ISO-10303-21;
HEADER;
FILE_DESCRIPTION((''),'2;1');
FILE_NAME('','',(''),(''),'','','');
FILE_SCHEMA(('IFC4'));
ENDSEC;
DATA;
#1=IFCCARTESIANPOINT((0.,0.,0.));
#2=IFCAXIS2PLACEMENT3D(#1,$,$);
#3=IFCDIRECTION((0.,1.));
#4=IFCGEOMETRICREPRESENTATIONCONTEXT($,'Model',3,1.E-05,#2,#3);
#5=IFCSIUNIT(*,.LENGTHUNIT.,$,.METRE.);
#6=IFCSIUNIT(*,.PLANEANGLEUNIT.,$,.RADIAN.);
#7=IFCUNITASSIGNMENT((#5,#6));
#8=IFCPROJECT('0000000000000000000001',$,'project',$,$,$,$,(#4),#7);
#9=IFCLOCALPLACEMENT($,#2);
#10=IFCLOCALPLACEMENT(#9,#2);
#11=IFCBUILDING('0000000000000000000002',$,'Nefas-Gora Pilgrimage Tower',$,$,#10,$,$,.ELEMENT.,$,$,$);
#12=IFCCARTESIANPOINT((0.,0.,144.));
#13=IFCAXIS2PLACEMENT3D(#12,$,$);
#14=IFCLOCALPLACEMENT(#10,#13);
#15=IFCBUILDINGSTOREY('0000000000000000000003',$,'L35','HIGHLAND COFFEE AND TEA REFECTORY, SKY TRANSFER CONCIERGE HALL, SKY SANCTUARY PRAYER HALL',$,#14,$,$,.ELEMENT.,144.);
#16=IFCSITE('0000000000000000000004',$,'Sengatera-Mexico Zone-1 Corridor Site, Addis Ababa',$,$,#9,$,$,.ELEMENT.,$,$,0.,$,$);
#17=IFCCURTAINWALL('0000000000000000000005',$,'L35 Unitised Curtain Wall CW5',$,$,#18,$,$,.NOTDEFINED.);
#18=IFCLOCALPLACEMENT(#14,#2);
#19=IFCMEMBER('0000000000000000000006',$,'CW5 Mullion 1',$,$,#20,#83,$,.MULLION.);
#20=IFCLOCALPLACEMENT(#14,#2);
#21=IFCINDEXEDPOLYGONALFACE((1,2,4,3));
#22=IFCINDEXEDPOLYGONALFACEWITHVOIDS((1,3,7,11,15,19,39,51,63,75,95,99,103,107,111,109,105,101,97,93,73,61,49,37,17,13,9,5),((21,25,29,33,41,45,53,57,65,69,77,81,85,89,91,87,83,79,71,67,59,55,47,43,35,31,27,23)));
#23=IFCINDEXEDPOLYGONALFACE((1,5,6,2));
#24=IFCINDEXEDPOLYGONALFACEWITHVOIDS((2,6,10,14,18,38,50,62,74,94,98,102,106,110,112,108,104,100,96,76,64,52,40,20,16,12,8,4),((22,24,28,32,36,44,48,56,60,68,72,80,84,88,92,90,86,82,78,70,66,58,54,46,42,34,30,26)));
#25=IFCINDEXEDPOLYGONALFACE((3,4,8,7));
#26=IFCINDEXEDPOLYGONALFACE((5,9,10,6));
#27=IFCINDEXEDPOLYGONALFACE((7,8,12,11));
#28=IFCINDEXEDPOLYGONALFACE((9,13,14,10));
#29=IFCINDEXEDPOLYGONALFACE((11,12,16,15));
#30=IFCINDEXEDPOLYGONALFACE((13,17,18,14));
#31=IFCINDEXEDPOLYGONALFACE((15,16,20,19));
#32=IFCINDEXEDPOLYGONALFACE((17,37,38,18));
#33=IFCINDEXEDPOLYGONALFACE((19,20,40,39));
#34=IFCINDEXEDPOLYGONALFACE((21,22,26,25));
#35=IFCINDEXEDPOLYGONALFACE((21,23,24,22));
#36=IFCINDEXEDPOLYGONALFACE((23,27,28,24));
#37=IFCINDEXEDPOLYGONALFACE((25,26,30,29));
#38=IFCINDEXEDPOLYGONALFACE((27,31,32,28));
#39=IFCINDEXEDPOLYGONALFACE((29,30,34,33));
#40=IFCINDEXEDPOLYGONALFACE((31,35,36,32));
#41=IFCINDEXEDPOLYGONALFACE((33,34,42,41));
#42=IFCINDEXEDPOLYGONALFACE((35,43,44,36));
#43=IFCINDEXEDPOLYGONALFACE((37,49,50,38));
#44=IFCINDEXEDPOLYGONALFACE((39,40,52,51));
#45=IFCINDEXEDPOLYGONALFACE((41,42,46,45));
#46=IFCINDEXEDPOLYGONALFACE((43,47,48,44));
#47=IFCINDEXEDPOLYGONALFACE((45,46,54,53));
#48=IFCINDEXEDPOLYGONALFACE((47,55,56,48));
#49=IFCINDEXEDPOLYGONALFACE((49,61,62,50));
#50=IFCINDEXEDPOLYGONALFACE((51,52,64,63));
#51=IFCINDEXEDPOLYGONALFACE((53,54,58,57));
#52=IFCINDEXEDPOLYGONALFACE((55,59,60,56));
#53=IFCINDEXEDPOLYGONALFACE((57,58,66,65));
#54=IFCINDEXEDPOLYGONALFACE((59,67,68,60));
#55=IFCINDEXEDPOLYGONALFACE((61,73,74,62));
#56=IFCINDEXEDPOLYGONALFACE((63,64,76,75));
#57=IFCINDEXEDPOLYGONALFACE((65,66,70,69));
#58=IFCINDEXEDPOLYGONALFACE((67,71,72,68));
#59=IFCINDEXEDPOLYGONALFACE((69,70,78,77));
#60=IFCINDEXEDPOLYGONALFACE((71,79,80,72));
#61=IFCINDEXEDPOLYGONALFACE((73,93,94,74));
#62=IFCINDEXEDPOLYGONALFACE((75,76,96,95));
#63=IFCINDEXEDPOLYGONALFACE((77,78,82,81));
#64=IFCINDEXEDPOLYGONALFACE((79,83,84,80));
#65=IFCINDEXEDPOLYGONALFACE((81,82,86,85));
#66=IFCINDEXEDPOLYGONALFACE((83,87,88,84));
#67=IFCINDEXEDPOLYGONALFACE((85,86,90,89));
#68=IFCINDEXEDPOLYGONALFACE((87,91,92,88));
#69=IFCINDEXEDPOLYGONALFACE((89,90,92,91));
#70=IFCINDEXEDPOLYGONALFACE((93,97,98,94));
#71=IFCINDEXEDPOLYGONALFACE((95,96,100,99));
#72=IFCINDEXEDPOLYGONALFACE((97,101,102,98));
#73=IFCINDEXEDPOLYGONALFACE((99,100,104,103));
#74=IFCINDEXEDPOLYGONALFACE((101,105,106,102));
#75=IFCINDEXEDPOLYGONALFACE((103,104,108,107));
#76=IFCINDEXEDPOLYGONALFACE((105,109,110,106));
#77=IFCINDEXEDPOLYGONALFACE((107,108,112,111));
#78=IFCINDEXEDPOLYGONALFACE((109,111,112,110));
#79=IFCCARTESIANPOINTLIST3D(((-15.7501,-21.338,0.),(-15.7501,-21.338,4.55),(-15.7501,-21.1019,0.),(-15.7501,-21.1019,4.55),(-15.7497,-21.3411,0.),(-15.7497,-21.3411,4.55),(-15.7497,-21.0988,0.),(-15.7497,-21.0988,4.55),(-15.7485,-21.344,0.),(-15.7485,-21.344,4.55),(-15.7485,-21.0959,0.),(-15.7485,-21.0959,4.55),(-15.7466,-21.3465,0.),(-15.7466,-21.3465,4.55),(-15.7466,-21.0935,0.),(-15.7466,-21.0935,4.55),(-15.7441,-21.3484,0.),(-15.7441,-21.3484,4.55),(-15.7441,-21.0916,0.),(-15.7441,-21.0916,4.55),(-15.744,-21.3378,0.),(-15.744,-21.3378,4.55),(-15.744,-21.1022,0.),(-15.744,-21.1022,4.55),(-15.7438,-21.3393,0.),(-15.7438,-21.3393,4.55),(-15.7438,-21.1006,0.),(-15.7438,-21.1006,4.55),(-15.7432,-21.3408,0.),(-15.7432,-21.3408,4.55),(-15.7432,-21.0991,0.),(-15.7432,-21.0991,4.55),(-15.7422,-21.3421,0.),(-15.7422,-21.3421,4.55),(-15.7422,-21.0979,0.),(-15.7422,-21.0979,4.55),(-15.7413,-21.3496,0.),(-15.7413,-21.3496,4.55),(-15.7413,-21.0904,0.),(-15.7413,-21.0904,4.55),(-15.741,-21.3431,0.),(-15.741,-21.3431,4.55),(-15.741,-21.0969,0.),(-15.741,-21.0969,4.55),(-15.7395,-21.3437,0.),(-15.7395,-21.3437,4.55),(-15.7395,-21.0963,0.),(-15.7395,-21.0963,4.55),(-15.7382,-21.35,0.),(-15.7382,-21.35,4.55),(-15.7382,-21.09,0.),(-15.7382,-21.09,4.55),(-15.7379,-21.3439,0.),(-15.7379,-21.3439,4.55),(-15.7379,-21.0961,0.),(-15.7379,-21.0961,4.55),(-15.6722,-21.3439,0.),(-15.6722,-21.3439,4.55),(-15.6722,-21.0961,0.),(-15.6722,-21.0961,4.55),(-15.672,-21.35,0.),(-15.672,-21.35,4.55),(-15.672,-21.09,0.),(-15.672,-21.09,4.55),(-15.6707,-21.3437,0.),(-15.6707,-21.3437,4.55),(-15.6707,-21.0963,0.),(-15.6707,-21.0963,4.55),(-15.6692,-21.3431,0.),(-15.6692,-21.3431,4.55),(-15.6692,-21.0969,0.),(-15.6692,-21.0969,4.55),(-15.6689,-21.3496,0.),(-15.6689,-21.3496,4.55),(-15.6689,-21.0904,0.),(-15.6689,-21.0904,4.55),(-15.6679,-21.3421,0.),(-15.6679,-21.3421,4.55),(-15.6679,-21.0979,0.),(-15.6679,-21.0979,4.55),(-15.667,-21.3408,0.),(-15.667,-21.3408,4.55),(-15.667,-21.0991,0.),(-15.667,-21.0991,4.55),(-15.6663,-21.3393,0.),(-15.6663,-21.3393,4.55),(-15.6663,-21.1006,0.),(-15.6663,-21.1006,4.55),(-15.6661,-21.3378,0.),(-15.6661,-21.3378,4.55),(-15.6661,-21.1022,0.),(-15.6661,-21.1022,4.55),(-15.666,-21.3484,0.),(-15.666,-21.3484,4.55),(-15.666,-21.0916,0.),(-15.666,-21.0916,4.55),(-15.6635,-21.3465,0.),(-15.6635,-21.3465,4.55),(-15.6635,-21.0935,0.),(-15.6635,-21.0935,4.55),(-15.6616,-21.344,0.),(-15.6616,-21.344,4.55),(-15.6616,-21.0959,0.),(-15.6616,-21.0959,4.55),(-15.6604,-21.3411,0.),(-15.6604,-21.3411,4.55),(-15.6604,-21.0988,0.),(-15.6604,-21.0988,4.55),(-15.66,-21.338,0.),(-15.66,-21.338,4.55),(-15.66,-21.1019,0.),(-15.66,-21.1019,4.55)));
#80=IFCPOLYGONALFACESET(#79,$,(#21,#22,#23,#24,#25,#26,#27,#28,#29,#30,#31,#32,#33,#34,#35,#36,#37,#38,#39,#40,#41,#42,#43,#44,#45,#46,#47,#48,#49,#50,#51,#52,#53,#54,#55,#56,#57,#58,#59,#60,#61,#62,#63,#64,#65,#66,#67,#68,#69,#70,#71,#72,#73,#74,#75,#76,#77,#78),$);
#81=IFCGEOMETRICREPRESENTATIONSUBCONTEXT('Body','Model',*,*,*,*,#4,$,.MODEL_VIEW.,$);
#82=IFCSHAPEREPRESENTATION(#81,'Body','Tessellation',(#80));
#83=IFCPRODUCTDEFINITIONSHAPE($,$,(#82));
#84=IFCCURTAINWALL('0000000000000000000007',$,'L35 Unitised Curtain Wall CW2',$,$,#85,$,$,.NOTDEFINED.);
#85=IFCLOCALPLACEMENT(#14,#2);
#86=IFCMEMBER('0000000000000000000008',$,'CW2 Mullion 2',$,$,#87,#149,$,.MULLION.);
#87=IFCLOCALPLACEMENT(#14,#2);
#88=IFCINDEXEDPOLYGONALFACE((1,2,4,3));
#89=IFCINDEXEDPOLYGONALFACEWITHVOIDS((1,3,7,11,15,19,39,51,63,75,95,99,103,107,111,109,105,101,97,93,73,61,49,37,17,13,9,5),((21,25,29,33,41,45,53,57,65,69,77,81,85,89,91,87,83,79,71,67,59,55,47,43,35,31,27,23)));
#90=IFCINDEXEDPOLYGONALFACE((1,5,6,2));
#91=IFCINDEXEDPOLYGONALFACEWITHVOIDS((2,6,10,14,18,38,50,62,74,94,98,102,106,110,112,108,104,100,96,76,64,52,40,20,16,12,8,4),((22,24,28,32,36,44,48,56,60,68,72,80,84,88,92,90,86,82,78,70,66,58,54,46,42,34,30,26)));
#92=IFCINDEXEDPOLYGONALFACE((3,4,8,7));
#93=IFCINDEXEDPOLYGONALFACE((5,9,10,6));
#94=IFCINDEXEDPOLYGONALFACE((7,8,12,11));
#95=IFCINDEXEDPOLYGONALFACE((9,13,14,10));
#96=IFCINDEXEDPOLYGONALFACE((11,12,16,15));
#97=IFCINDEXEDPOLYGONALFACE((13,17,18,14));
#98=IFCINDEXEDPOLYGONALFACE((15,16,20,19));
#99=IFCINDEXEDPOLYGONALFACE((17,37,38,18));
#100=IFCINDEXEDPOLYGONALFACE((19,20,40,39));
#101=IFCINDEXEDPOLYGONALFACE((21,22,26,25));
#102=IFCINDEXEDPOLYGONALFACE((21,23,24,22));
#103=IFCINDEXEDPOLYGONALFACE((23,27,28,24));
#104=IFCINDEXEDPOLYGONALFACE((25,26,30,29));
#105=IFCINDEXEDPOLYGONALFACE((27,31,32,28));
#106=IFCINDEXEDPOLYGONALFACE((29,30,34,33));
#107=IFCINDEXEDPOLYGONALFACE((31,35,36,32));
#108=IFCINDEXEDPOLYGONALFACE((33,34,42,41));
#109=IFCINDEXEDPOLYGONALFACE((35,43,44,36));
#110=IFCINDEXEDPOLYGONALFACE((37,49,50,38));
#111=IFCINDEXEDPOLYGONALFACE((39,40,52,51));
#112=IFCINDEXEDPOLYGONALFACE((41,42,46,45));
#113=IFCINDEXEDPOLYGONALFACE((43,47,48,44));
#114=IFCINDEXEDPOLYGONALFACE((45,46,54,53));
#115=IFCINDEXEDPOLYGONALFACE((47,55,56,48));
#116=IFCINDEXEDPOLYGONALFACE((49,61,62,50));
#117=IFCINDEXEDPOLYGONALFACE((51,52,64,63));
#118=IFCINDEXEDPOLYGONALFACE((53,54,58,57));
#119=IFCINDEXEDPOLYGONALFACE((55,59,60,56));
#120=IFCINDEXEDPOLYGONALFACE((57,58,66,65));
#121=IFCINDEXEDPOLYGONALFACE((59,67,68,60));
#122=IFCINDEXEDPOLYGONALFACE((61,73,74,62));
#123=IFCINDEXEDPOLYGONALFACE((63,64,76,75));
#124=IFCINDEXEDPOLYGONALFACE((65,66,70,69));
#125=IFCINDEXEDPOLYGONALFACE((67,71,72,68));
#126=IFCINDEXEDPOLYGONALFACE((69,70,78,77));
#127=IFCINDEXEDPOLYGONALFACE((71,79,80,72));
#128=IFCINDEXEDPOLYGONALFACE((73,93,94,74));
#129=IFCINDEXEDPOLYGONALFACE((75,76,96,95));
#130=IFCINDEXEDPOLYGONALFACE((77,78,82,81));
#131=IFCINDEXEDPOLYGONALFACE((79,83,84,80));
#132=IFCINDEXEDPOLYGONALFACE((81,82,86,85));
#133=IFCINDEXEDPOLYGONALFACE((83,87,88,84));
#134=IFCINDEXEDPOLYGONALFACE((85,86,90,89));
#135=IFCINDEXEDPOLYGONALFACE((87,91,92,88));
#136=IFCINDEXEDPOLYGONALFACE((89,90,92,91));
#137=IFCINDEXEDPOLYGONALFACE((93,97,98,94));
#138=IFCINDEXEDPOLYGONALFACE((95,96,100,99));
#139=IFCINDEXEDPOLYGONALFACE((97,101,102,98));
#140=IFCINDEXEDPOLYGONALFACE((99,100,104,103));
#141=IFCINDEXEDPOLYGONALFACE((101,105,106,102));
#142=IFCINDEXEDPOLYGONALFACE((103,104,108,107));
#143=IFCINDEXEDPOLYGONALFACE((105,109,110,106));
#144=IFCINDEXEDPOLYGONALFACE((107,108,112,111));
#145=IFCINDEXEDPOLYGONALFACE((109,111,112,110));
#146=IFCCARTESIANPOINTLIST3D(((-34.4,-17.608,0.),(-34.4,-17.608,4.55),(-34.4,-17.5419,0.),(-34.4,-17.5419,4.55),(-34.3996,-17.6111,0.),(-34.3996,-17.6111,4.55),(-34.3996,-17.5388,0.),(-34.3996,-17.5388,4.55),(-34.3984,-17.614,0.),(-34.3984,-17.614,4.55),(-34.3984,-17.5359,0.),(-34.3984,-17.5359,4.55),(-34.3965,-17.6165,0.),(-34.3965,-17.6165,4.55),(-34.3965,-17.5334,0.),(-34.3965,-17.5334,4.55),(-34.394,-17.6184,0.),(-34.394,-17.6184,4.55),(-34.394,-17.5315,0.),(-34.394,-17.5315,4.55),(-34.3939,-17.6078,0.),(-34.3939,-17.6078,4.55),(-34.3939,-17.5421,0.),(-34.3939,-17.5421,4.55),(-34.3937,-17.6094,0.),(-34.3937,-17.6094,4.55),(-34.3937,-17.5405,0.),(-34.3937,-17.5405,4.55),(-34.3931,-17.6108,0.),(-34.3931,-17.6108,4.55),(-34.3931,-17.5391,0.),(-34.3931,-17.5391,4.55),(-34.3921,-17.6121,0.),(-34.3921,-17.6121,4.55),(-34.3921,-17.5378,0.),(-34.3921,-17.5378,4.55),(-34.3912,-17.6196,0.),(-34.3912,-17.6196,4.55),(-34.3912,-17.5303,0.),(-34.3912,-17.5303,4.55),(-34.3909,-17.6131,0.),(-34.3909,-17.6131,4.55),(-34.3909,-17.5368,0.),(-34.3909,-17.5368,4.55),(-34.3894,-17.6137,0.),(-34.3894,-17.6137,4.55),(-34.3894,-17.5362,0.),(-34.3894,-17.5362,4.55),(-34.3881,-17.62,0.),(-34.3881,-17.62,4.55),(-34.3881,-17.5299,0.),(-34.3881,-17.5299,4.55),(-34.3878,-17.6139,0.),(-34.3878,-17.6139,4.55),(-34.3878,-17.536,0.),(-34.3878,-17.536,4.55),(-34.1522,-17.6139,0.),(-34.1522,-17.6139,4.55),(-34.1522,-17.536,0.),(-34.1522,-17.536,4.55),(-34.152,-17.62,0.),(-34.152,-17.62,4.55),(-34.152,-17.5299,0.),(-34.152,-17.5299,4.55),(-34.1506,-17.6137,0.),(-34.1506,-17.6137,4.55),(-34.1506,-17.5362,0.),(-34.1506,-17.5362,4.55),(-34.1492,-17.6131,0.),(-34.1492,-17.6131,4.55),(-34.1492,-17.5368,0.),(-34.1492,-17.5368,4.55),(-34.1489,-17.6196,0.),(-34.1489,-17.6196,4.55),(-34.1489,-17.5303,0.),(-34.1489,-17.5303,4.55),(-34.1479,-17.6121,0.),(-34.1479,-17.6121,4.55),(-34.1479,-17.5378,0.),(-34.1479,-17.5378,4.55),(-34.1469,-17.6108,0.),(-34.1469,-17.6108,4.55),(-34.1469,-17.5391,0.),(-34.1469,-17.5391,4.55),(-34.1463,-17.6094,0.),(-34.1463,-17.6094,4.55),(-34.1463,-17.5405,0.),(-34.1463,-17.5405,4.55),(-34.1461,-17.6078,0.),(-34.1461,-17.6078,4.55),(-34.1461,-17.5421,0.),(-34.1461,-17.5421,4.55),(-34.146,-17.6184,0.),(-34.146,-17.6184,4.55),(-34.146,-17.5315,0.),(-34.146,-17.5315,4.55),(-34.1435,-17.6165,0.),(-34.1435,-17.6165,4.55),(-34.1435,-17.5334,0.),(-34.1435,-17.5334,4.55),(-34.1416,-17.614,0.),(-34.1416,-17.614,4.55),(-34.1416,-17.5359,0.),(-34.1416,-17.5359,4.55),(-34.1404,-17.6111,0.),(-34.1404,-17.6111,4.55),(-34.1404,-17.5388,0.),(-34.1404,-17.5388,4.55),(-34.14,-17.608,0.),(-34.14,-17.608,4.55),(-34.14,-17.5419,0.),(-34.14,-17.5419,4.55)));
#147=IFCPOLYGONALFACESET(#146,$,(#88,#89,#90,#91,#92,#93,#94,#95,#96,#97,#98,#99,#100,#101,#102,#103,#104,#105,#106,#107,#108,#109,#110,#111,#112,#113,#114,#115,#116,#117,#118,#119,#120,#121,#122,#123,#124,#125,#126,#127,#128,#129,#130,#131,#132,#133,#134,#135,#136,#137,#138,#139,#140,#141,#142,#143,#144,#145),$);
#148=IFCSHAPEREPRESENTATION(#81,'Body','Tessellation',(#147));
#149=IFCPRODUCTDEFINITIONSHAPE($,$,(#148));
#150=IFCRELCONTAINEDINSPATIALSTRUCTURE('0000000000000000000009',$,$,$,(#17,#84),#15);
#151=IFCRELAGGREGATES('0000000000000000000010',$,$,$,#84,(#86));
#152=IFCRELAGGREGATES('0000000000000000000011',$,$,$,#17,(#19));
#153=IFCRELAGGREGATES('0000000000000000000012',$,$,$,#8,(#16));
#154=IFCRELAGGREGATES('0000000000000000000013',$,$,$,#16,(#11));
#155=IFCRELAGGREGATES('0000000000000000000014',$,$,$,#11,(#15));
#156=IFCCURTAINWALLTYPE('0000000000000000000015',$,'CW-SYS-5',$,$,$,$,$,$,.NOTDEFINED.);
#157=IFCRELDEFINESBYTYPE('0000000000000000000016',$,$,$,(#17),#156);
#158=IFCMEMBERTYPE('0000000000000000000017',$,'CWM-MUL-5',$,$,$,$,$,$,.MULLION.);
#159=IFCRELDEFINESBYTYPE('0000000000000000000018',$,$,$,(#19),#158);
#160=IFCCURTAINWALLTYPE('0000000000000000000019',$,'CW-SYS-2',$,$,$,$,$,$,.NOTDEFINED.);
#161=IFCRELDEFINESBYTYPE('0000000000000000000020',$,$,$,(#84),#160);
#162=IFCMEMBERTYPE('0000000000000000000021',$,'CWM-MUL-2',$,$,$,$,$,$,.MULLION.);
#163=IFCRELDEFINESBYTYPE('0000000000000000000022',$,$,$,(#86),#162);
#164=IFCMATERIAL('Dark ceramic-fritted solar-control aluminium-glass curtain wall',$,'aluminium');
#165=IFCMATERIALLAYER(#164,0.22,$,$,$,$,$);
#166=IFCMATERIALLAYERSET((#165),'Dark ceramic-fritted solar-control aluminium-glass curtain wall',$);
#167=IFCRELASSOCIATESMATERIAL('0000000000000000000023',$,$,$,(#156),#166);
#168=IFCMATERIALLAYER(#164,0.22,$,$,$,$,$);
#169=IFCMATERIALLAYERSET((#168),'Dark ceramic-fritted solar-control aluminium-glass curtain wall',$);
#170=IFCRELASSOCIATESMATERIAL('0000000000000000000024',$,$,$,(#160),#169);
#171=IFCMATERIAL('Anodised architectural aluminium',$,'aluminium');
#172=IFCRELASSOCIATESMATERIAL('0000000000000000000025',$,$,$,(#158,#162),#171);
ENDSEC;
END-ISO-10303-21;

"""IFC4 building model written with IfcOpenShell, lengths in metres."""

from ifc_helpers import new_model, si_unit, direction, frame, origin, origin_2d, place, context, subcontext, project, spatial, hollow_rectangle, extrude, source, transform, mapped, material, layer, layer_set, material_profile, profile_set, type_object, element, aggregate, save


model = new_model("IFC4")

# Units and contexts
model_context = context("Model", 3, precision=1e-05, world=origin(), true_north=direction((0.0, 1.0)))
body_context = subcontext(model_context, "Body", "Model", "MODEL_VIEW")
ifc_project = project(units=[si_unit("LENGTHUNIT", "METRE"), si_unit("PLANEANGLEUNIT", "RADIAN")], contexts=[model_context])

# Site, building, storey
site_placement = place(None, origin())
site = spatial("IfcSite", under=ifc_project, at=site_placement, Name="Sengatera-Mexico Zone-1 Corridor Site, Addis Ababa", CompositionType="ELEMENT", RefElevation=0.0)
building_placement = place(site_placement, origin())
building = spatial("IfcBuilding", under=site, at=building_placement, Name="Nefas-Gora Pilgrimage Tower", CompositionType="ELEMENT")
storey_placement = place(building_placement, frame((0.0, 0.0, 144.0)))
storey = spatial("IfcBuildingStorey", under=building, at=storey_placement, Name="L35", Description="HIGHLAND COFFEE AND TEA REFECTORY, SKY TRANSFER CONCIERGE HALL, SKY SANCTUARY PRAYER HALL", CompositionType="ELEMENT", Elevation=144.0)

# Curtain wall
ifc_material_1 = material(Name="Dark ceramic-fritted solar-control aluminium-glass curtain wall", Category="aluminium")
ifc_layer_1 = layer(ifc_material_1, 0.22)
ifc_layer_set_1 = layer_set([ifc_layer_1], Name="Dark ceramic-fritted solar-control aluminium-glass curtain wall")
curtain_wall_type_1 = type_object("IfcCurtainWallType", Name="CW-SYS-5", PredefinedType="NOTDEFINED", material=ifc_layer_set_1)
curtain_wall_1_placement = place(storey_placement, origin())
curtain_wall_1 = element("IfcCurtainWall", 1, at=curtain_wall_1_placement, inside=storey, type_object=curtain_wall_type_1, Name="L35 Unitised Curtain Wall CW5", PredefinedType="NOTDEFINED")
ifc_material_2 = material(Name="Anodised architectural aluminium", Category="aluminium")
ifc_layer_2 = layer(ifc_material_1, 0.22)
ifc_layer_set_2 = layer_set([ifc_layer_2], Name="Dark ceramic-fritted solar-control aluminium-glass curtain wall")
curtain_wall_type_2 = type_object("IfcCurtainWallType", Name="CW-SYS-2", PredefinedType="NOTDEFINED", material=ifc_layer_set_2)

# Member
ifc_material_profile_1 = material_profile(ifc_material_2, hollow_rectangle(XDim=0.0901, YDim=0.26, WallThickness=0.0061, InnerFilletRadius=0.0061, OuterFilletRadius=0.012, at=origin_2d()), Name="ALU MULLION 90x260")
ifc_profile_set_1 = profile_set([ifc_material_profile_1], Name="Anodised architectural aluminium")
member_type_1 = type_object("IfcMemberType", Name="CWM-MUL-5", PredefinedType="MULLION", material=ifc_profile_set_1)
shared_shape_1 = source(origin(), body_context, "Body", "SweptSolid", [
    extrude(hollow_rectangle(XDim=0.0901, YDim=0.26, WallThickness=0.0061, InnerFilletRadius=0.0061, OuterFilletRadius=0.012, at=origin_2d()), origin(), (0.0, 0.0, 1.0), 4.55),
])
member_1_placement = place(storey_placement, frame((-15.7051, -21.22, 0.0), z_axis=(0.0, 0.0, 1.0), x_axis=(1.0, 0.0, 0.0)))
member_1 = element("IfcMember", 2, at=member_1_placement, type_object=member_type_1, Name="CW5 Mullion 1", PredefinedType="MULLION", context=body_context, shape_type="MappedRepresentation", body=[
    mapped(shared_shape_1, transform((0.0, 0.0, 0.0), x_axis=(1.0, 0.0, 0.0), y_axis=(0.0, 1.0, 0.0), z_axis=(0.0, 0.0, 1.0), scale=1.0)),
])

# Curtain wall, member
curtain_wall_2_placement = place(storey_placement, origin())
curtain_wall_2 = element("IfcCurtainWall", 3, at=curtain_wall_2_placement, inside=storey, type_object=curtain_wall_type_2, Name="L35 Unitised Curtain Wall CW2", PredefinedType="NOTDEFINED")
ifc_material_profile_2 = material_profile(ifc_material_2, hollow_rectangle(XDim=0.0901, YDim=0.26, WallThickness=0.0061, InnerFilletRadius=0.0061, OuterFilletRadius=0.012, at=origin_2d()), Name="ALU MULLION 90x260")
ifc_profile_set_2 = profile_set([ifc_material_profile_2], Name="Anodised architectural aluminium")
member_type_2 = type_object("IfcMemberType", Name="CWM-MUL-2", PredefinedType="MULLION", material=ifc_profile_set_2)
shared_shape_2 = source(origin(), body_context, "Body", "SweptSolid", [
    extrude(hollow_rectangle(XDim=0.0901, YDim=0.26, WallThickness=0.0061, InnerFilletRadius=0.0061, OuterFilletRadius=0.012, at=origin_2d()), origin(), (0.0, 0.0, 1.0), 4.55),
])
member_2_placement = place(storey_placement, frame((-34.27, -17.575, 0.0), z_axis=(0.0, 0.0, 1.0), x_axis=(0.0, -1.0, 0.0)))
member_2 = element("IfcMember", 4, at=member_2_placement, type_object=member_type_2, Name="CW2 Mullion 2", PredefinedType="MULLION", context=body_context, shape_type="MappedRepresentation", body=[
    mapped(shared_shape_2, transform((0.0, 0.0, 0.0), x_axis=(1.0, 0.0, 0.0), y_axis=(0.0, 1.0, 0.0), z_axis=(0.0, 0.0, 1.0), scale=1.0)),
])
aggregate(curtain_wall_2, [member_2])

aggregate(curtain_wall_1, [member_1])

save(model, "model.ifc")
